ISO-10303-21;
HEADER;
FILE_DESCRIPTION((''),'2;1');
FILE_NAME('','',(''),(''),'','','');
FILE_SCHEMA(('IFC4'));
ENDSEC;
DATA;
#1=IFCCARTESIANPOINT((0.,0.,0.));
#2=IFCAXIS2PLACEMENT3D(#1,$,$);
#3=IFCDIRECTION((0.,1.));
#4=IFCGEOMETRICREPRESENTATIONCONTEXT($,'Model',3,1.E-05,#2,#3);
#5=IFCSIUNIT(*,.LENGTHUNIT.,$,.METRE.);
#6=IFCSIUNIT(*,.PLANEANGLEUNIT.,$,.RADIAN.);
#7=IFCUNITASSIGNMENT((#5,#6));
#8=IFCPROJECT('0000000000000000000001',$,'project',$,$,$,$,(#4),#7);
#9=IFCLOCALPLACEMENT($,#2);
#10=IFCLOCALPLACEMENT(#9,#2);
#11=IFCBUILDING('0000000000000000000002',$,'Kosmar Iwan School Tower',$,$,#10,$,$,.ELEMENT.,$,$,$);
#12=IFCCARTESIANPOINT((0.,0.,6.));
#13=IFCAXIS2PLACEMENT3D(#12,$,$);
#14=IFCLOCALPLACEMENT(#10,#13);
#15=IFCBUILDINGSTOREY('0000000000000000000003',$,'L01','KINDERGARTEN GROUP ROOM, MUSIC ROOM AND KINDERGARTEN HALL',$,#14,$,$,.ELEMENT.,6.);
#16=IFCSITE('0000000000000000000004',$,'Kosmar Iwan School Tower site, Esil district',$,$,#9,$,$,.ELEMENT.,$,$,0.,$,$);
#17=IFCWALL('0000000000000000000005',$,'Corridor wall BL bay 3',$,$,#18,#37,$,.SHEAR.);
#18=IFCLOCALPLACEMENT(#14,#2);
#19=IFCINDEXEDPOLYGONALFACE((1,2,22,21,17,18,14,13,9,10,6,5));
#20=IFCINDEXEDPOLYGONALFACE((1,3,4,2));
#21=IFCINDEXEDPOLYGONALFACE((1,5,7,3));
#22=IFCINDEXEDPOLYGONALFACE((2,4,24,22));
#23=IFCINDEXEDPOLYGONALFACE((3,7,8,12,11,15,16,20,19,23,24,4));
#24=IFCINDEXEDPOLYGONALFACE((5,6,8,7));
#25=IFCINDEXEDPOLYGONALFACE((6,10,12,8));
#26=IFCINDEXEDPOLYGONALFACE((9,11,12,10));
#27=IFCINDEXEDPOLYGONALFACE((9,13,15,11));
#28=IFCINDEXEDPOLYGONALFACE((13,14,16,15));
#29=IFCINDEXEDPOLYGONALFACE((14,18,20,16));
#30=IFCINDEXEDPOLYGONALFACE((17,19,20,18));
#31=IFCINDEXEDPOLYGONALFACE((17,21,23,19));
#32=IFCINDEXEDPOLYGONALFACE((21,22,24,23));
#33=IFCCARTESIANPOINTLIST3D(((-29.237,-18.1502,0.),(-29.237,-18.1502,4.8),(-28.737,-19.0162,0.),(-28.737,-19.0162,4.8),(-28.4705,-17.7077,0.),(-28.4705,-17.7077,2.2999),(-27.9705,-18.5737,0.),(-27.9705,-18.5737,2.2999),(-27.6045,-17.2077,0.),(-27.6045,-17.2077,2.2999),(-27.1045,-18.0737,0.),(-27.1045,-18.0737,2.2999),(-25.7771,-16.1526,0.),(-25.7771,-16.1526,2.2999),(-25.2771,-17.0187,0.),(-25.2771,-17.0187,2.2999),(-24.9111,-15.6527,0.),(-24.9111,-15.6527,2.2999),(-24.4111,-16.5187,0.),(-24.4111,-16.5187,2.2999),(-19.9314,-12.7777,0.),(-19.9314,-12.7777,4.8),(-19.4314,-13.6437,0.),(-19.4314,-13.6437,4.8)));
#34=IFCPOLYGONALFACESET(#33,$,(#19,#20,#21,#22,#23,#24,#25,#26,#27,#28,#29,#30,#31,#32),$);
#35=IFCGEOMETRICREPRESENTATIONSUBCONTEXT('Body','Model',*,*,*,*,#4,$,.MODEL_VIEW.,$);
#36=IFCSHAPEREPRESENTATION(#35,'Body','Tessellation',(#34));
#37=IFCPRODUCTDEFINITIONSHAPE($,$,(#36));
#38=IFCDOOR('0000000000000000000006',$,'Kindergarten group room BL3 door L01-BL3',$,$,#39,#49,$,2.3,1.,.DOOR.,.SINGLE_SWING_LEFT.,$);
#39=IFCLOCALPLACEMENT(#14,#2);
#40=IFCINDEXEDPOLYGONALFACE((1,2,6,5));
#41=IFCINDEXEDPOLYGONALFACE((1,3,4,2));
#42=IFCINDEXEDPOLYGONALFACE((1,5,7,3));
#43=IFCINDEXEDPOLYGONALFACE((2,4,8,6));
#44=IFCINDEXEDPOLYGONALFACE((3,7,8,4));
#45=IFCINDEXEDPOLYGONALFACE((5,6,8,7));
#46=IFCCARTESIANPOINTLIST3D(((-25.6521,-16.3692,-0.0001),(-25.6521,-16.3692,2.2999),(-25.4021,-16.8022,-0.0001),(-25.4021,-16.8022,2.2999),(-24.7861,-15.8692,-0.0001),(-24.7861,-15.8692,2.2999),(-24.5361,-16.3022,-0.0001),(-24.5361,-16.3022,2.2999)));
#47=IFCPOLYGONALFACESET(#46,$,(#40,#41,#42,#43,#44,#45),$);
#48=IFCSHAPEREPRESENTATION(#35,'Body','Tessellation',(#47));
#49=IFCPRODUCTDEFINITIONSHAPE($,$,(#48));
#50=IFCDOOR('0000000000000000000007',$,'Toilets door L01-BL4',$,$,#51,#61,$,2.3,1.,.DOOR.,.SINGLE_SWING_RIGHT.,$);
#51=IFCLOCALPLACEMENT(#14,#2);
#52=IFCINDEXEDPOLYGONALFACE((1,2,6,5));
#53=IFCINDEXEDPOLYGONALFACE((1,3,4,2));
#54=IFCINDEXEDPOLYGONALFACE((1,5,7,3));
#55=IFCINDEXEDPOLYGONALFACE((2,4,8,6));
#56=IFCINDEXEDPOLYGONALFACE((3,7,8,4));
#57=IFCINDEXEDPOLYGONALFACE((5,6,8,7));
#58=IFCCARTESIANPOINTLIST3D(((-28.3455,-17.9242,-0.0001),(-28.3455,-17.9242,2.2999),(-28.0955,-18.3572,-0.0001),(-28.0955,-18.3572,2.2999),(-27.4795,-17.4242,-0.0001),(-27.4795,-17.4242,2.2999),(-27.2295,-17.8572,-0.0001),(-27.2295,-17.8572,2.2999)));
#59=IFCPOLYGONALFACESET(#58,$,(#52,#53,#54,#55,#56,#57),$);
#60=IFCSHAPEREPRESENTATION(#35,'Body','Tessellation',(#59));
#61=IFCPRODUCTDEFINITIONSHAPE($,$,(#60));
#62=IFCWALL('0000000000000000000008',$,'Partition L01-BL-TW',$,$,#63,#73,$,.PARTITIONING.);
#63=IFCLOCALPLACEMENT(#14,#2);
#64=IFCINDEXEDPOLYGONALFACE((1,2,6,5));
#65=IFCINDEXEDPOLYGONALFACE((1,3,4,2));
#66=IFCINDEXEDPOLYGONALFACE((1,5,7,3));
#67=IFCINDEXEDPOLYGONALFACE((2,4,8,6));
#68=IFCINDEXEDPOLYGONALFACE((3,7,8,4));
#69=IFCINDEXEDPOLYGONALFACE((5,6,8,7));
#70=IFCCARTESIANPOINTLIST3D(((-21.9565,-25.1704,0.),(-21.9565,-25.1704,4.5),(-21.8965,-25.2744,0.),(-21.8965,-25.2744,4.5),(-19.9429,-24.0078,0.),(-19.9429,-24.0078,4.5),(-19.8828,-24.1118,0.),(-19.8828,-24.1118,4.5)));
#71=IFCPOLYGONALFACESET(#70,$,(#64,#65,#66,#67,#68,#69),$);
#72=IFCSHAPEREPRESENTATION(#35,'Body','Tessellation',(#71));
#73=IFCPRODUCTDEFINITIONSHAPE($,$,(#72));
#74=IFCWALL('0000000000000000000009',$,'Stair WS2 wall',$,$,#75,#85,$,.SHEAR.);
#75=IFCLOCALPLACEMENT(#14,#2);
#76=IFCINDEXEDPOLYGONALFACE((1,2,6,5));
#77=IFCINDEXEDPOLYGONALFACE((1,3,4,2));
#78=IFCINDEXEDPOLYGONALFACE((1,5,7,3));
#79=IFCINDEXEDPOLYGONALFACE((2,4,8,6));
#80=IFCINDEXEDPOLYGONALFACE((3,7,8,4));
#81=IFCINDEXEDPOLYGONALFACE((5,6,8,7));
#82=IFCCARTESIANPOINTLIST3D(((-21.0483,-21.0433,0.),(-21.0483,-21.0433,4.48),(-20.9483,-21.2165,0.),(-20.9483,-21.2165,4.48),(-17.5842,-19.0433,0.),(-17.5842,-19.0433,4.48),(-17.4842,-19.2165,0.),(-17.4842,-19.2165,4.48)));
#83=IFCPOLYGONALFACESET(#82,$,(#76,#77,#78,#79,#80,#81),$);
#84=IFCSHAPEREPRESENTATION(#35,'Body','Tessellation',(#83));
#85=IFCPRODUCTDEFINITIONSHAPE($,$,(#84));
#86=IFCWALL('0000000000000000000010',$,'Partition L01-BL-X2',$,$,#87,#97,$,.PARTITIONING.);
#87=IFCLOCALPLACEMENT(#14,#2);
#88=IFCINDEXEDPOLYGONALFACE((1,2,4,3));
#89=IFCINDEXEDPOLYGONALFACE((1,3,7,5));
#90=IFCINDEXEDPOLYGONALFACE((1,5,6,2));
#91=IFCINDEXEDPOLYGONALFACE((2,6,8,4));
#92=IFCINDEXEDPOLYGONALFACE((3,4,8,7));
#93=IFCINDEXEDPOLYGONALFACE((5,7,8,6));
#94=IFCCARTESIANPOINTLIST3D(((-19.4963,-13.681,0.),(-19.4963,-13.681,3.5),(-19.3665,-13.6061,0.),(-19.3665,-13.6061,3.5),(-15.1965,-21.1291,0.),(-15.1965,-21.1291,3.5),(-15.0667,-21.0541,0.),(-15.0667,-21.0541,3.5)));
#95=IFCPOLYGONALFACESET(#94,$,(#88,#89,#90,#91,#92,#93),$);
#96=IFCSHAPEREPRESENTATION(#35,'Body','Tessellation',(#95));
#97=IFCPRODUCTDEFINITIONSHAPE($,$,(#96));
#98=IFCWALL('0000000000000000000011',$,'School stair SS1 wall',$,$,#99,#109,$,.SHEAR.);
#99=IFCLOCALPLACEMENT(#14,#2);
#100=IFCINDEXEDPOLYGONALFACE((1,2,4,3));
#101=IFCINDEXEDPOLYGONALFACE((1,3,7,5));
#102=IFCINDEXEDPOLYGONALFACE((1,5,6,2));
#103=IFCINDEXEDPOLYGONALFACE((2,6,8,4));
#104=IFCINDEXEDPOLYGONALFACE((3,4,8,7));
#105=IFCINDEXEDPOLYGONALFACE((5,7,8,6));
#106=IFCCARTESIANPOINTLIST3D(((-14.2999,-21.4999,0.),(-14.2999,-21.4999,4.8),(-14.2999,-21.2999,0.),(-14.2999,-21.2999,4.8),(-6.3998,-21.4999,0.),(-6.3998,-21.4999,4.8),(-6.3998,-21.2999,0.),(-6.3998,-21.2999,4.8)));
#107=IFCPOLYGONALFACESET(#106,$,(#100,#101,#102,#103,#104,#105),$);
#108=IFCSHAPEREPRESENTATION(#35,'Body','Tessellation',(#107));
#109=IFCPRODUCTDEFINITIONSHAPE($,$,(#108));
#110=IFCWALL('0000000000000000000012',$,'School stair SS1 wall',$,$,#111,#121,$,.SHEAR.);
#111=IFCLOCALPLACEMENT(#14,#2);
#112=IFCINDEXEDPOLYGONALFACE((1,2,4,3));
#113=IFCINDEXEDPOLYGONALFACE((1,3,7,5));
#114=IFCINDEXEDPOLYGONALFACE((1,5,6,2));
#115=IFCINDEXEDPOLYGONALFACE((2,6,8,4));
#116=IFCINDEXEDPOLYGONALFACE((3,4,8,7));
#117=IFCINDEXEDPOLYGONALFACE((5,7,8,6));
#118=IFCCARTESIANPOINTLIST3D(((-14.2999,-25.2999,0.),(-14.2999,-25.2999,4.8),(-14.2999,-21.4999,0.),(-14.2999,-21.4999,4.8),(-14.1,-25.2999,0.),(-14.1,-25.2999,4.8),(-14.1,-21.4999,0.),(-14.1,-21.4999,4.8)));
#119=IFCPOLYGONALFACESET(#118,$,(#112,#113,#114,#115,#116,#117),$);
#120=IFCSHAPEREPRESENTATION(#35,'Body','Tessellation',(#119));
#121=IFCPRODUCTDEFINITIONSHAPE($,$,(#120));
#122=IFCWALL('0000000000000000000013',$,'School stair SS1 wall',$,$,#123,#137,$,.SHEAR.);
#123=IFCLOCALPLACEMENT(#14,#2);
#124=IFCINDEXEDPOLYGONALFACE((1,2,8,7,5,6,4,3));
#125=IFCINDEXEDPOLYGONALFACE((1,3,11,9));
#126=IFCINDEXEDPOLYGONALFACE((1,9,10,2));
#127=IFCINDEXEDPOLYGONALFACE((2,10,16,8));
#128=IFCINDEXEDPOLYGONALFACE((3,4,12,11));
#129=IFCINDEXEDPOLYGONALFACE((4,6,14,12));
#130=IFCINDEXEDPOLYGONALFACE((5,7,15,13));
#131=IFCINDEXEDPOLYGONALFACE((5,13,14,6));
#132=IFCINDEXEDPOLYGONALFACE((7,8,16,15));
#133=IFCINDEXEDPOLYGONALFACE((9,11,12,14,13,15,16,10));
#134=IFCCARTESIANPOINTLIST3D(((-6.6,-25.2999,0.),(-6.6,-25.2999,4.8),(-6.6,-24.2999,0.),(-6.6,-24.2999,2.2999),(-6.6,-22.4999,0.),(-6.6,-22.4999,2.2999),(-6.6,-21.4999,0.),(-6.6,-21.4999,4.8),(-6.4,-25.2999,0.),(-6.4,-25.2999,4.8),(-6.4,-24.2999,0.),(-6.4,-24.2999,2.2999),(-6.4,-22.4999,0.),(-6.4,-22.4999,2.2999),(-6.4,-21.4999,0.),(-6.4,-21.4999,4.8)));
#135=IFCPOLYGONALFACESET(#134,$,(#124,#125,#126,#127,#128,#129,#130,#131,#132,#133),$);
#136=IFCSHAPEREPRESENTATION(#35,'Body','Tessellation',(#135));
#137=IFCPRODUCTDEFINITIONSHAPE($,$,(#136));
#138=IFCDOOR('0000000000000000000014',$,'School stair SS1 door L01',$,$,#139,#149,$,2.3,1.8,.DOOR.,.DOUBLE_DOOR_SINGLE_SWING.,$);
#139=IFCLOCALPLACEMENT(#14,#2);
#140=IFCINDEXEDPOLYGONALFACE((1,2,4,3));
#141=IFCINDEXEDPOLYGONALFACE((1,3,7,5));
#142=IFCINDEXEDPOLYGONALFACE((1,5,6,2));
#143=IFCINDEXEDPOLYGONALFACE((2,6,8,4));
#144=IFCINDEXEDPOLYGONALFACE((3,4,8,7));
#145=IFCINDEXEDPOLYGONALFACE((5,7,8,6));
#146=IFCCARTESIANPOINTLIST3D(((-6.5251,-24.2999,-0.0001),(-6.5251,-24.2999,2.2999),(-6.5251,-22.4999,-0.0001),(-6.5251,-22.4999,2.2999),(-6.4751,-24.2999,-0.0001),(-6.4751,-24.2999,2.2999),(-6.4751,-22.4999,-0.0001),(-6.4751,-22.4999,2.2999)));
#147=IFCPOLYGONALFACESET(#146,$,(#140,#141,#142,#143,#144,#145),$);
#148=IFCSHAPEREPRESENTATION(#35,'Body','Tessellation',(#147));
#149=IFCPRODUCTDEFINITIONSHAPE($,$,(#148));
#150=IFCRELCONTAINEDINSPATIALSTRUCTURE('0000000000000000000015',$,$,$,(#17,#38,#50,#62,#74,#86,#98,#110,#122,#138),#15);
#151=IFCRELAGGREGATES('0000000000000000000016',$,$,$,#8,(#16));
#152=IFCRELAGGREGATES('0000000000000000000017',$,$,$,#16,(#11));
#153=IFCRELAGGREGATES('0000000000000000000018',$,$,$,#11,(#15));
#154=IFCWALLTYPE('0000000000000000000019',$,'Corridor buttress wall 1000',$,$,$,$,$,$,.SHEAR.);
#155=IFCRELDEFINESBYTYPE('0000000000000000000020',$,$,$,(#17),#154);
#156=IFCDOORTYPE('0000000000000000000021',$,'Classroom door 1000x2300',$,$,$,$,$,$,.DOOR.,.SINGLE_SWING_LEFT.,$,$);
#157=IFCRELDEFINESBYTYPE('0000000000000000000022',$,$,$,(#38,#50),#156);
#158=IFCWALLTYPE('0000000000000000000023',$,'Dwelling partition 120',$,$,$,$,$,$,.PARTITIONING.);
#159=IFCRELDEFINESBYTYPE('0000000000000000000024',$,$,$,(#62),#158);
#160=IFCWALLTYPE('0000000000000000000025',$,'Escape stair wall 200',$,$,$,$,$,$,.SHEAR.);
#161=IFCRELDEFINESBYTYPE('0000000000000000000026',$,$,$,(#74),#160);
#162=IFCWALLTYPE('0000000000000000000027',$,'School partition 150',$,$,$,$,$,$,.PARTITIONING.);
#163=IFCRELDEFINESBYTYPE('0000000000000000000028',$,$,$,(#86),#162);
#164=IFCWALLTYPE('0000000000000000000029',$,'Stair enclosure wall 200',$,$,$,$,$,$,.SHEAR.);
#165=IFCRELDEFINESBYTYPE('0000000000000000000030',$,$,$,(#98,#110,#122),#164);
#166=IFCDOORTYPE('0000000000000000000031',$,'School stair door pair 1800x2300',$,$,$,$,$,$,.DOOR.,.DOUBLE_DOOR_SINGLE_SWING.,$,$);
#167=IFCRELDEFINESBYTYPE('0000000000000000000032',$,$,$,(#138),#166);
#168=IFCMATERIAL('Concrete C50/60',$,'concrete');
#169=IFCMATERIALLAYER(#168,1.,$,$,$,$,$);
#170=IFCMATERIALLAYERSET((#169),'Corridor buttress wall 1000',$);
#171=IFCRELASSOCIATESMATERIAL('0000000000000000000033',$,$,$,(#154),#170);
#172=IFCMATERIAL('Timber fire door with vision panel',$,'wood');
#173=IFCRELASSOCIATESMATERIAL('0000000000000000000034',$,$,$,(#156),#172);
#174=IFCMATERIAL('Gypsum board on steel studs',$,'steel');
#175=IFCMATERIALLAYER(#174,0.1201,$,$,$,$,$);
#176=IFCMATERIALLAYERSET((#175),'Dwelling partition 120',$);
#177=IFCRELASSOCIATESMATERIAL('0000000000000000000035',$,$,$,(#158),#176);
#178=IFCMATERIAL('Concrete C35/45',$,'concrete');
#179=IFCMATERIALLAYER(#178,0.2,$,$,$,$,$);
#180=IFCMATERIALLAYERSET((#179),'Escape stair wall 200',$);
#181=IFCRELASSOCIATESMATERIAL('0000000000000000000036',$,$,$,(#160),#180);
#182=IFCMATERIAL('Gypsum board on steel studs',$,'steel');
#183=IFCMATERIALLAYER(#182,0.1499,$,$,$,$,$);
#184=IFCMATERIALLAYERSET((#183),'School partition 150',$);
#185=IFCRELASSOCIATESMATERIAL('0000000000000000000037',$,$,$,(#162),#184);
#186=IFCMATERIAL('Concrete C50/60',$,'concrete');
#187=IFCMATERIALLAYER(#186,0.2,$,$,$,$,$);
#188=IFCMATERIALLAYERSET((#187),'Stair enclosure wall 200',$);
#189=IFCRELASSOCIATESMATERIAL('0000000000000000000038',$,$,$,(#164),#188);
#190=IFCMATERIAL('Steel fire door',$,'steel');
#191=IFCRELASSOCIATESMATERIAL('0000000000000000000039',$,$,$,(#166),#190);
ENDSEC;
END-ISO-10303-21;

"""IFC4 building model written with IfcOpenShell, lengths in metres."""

from ifc_helpers import new_model, si_unit, direction, frame, frame_2d, origin, place, context, subcontext, project, spatial, rectangle, extrude, material, layer, layer_set, type_object, element, fill, save


model = new_model("IFC4")

# Units and contexts
model_context = context("Model", 3, precision=1e-05, world=origin(), true_north=direction((0.0, 1.0)))
body_context = subcontext(model_context, "Body", "Model", "MODEL_VIEW")
ifc_project = project(units=[si_unit("LENGTHUNIT", "METRE"), si_unit("PLANEANGLEUNIT", "RADIAN")], contexts=[model_context])

# Site, building, storey
site_placement = place(None, origin())
site = spatial("IfcSite", under=ifc_project, at=site_placement, Name="Kosmar Iwan School Tower site, Esil district", CompositionType="ELEMENT", RefElevation=0.0)
building_placement = place(site_placement, origin())
building = spatial("IfcBuilding", under=site, at=building_placement, Name="Kosmar Iwan School Tower", CompositionType="ELEMENT")
storey_placement = place(building_placement, frame((0.0, 0.0, 6.0)))
storey = spatial("IfcBuildingStorey", under=building, at=storey_placement, Name="L01", Description="KINDERGARTEN GROUP ROOM, MUSIC ROOM AND KINDERGARTEN HALL", CompositionType="ELEMENT", Elevation=6.0)

# Wall, openings, doors
ifc_material_1 = material(Name="Concrete C50/60", Category="concrete")
ifc_layer_1 = layer(ifc_material_1, 1.0)
ifc_layer_set_1 = layer_set([ifc_layer_1], Name="Corridor buttress wall 1000")
wall_type_1 = type_object("IfcWallType", Name="Corridor buttress wall 1000", PredefinedType="SHEAR", material=ifc_layer_set_1)
wall_1_placement = place(storey_placement, frame((-19.6814, -13.2107, 0.0), z_axis=(0.0, 0.0, 1.0), x_axis=(-0.866028, -0.499995, 0.0)))
wall_1 = element("IfcWall", 1, at=wall_1_placement, inside=storey, type_object=wall_type_1, Name="Corridor wall BL bay 3", PredefinedType="SHEAR", context=body_context, shape_type="SweptSolid", body=[
    extrude(rectangle(XDim=10.7451, YDim=1.0, at=frame_2d((5.3726, 0.0))), origin(), (0.0, 0.0, 1.0), 4.8),
])
opening_1_placement = place(wall_1_placement, frame((5.75, 0.0, 0.0)))
opening_1 = element("IfcOpeningElement", 2, at=opening_1_placement, cuts=wall_1, PredefinedType="OPENING", context=body_context, shape_type="SweptSolid", body=[
    extrude(rectangle(XDim=1.0, YDim=2.3, at=frame_2d((0.5, 1.1499))), frame((0.0, 0.512, 0.0), z_axis=(0.0, -1.0, 0.0), x_axis=(1.0, 0.0, 0.0)), (0.0, 0.0, 1.0), 1.0239),
])
opening_2_placement = place(wall_1_placement, frame((8.8601, 0.0, 0.0)))
opening_2 = element("IfcOpeningElement", 3, at=opening_2_placement, cuts=wall_1, PredefinedType="OPENING", context=body_context, shape_type="SweptSolid", body=[
    extrude(rectangle(XDim=1.0, YDim=2.3, at=frame_2d((0.5, 1.1499))), frame((0.0, 0.512, 0.0), z_axis=(0.0, -1.0, 0.0), x_axis=(1.0, 0.0, 0.0)), (0.0, 0.0, 1.0), 1.0239),
])
ifc_material_2 = material(Name="Timber fire door with vision panel", Category="wood")
door_type_1 = type_object("IfcDoorType", Name="Classroom door 1000x2300", OperationType="SINGLE_SWING_LEFT", PredefinedType="DOOR", material=ifc_material_2)
door_1_placement = place(opening_1_placement, origin())
door_1 = element("IfcDoor", 4, at=door_1_placement, inside=storey, type_object=door_type_1, Name="Kindergarten group room BL3 door L01-BL3", OperationType="SINGLE_SWING_LEFT", OverallHeight=2.3, OverallWidth=1.0, PredefinedType="DOOR", context=body_context, shape_type="SweptSolid", body=[
    extrude(rectangle(XDim=1.0, YDim=2.3, at=frame_2d((0.5, 1.1499))), frame((0.0, 0.25, 0.0), z_axis=(0.0, -1.0, 0.0), x_axis=(1.0, 0.0, 0.0)), (0.0, 0.0, 1.0), 0.5),
])
fill(opening_1, door_1)
door_2_placement = place(opening_2_placement, origin())
door_2 = element("IfcDoor", 5, at=door_2_placement, inside=storey, type_object=door_type_1, Name="Toilets door L01-BL4", OperationType="SINGLE_SWING_RIGHT", OverallHeight=2.3, OverallWidth=1.0, PredefinedType="DOOR", context=body_context, shape_type="SweptSolid", body=[
    extrude(rectangle(XDim=1.0, YDim=2.3, at=frame_2d((0.5, 1.1499))), frame((0.0, 0.25, 0.0), z_axis=(0.0, -1.0, 0.0), x_axis=(1.0, 0.0, 0.0)), (0.0, 0.0, 1.0), 0.5),
])
fill(opening_2, door_2)

# Walls
ifc_material_3 = material(Name="Gypsum board on steel studs", Category="steel")
ifc_layer_2 = layer(ifc_material_3, 0.1201)
ifc_layer_set_2 = layer_set([ifc_layer_2], Name="Dwelling partition 120")
wall_type_2 = type_object("IfcWallType", Name="Dwelling partition 120", PredefinedType="PARTITIONING", material=ifc_layer_set_2)
wall_2_placement = place(storey_placement, frame((-19.9128, -24.0598, 0.0), z_axis=(0.0, 0.0, 1.0), x_axis=(-0.866025, -0.500001, 0.0)))
element("IfcWall", 6, at=wall_2_placement, inside=storey, type_object=wall_type_2, Name="Partition L01-BL-TW", PredefinedType="PARTITIONING", context=body_context, shape_type="SweptSolid", body=[
    extrude(rectangle(XDim=2.3252, YDim=0.1201, at=frame_2d((1.1626, 0.0))), origin(), (0.0, 0.0, 1.0), 4.5),
])
ifc_material_4 = material(Name="Concrete C35/45", Category="concrete")
ifc_layer_3 = layer(ifc_material_4, 0.2)
ifc_layer_set_3 = layer_set([ifc_layer_3], Name="Escape stair wall 200")
wall_type_3 = type_object("IfcWallType", Name="Escape stair wall 200", PredefinedType="SHEAR", material=ifc_layer_set_3)
wall_3_placement = place(storey_placement, frame((-17.5342, -19.1299, 0.0), z_axis=(0.0, 0.0, 1.0), x_axis=(-0.866026, -0.499999, 0.0)))
element("IfcWall", 7, at=wall_3_placement, inside=storey, type_object=wall_type_3, Name="Stair WS2 wall", PredefinedType="SHEAR", context=body_context, shape_type="SweptSolid", body=[
    extrude(rectangle(XDim=4.0, YDim=0.2, at=frame_2d((2.0, 0.0))), origin(), (0.0, 0.0, 1.0), 4.48),
])
ifc_material_5 = material(Name="Gypsum board on steel studs", Category="steel")
ifc_layer_4 = layer(ifc_material_5, 0.1499)
ifc_layer_set_4 = layer_set([ifc_layer_4], Name="School partition 150")
wall_type_4 = type_object("IfcWallType", Name="School partition 150", PredefinedType="PARTITIONING", material=ifc_layer_set_4)
wall_4_placement = place(storey_placement, frame((-19.4314, -13.6436, 0.0), z_axis=(0.0, 0.0, 1.0), x_axis=(0.499974, -0.86604, 0.0)))
element("IfcWall", 8, at=wall_4_placement, inside=storey, type_object=wall_type_4, Name="Partition L01-BL-X2", PredefinedType="PARTITIONING", context=body_context, shape_type="SweptSolid", body=[
    extrude(rectangle(XDim=8.6001, YDim=0.1499, at=frame_2d((4.3, 0.0))), origin(), (0.0, 0.0, 1.0), 3.5),
])
ifc_material_6 = material(Name="Concrete C50/60", Category="concrete")
ifc_layer_5 = layer(ifc_material_6, 0.2)
ifc_layer_set_5 = layer_set([ifc_layer_5], Name="Stair enclosure wall 200")
wall_type_5 = type_object("IfcWallType", Name="Stair enclosure wall 200", PredefinedType="SHEAR", material=ifc_layer_set_5)
wall_5_placement = place(storey_placement, frame((-14.3, -21.3999, 0.0), z_axis=(0.0, 0.0, 1.0), x_axis=(1.0, 0.0, 0.0)))
element("IfcWall", 9, at=wall_5_placement, inside=storey, type_object=wall_type_5, Name="School stair SS1 wall", PredefinedType="SHEAR", context=body_context, shape_type="SweptSolid", body=[
    extrude(rectangle(XDim=7.9001, YDim=0.2, at=frame_2d((3.9502, 0.0))), origin(), (0.0, 0.0, 1.0), 4.8),
])
wall_6_placement = place(storey_placement, frame((-14.2, -21.5, 0.0), z_axis=(0.0, 0.0, 1.0), x_axis=(0.0, -1.0, 0.0)))
element("IfcWall", 10, at=wall_6_placement, inside=storey, type_object=wall_type_5, Name="School stair SS1 wall", PredefinedType="SHEAR", context=body_context, shape_type="SweptSolid", body=[
    extrude(rectangle(XDim=3.8, YDim=0.2, at=frame_2d((1.8999, 0.0))), origin(), (0.0, 0.0, 1.0), 4.8),
])

# Wall, opening, door
wall_7_placement = place(storey_placement, frame((-6.5, -21.5, 0.0), z_axis=(0.0, 0.0, 1.0), x_axis=(0.0, -1.0, 0.0)))
wall_7 = element("IfcWall", 11, at=wall_7_placement, inside=storey, type_object=wall_type_5, Name="School stair SS1 wall", PredefinedType="SHEAR", context=body_context, shape_type="SweptSolid", body=[
    extrude(rectangle(XDim=3.8, YDim=0.2, at=frame_2d((1.8999, 0.0))), origin(), (0.0, 0.0, 1.0), 4.8),
])
opening_3_placement = place(wall_7_placement, frame((1.0, 0.0, 0.0)))
opening_3 = element("IfcOpeningElement", 12, at=opening_3_placement, cuts=wall_7, PredefinedType="OPENING", context=body_context, shape_type="SweptSolid", body=[
    extrude(rectangle(XDim=1.8, YDim=2.3, at=frame_2d((0.8999, 1.1499))), frame((0.0, 0.1121, 0.0), z_axis=(0.0, -1.0, 0.0), x_axis=(1.0, 0.0, 0.0)), (0.0, 0.0, 1.0), 0.2239),
])
ifc_material_7 = material(Name="Steel fire door", Category="steel")
door_type_2 = type_object("IfcDoorType", Name="School stair door pair 1800x2300", OperationType="DOUBLE_DOOR_SINGLE_SWING", PredefinedType="DOOR", material=ifc_material_7)
door_3_placement = place(opening_3_placement, origin())
door_3 = element("IfcDoor", 13, at=door_3_placement, inside=storey, type_object=door_type_2, Name="School stair SS1 door L01", OperationType="DOUBLE_DOOR_SINGLE_SWING", OverallHeight=2.3, OverallWidth=1.8, PredefinedType="DOOR", context=body_context, shape_type="SweptSolid", body=[
    extrude(rectangle(XDim=1.8, YDim=2.3, at=frame_2d((0.8999, 1.1499))), frame((0.0, 0.0249, 0.0), z_axis=(0.0, -1.0, 0.0), x_axis=(1.0, 0.0, 0.0)), (0.0, 0.0, 1.0), 0.05),
])
fill(opening_3, door_3)

save(model, "model.ifc")
